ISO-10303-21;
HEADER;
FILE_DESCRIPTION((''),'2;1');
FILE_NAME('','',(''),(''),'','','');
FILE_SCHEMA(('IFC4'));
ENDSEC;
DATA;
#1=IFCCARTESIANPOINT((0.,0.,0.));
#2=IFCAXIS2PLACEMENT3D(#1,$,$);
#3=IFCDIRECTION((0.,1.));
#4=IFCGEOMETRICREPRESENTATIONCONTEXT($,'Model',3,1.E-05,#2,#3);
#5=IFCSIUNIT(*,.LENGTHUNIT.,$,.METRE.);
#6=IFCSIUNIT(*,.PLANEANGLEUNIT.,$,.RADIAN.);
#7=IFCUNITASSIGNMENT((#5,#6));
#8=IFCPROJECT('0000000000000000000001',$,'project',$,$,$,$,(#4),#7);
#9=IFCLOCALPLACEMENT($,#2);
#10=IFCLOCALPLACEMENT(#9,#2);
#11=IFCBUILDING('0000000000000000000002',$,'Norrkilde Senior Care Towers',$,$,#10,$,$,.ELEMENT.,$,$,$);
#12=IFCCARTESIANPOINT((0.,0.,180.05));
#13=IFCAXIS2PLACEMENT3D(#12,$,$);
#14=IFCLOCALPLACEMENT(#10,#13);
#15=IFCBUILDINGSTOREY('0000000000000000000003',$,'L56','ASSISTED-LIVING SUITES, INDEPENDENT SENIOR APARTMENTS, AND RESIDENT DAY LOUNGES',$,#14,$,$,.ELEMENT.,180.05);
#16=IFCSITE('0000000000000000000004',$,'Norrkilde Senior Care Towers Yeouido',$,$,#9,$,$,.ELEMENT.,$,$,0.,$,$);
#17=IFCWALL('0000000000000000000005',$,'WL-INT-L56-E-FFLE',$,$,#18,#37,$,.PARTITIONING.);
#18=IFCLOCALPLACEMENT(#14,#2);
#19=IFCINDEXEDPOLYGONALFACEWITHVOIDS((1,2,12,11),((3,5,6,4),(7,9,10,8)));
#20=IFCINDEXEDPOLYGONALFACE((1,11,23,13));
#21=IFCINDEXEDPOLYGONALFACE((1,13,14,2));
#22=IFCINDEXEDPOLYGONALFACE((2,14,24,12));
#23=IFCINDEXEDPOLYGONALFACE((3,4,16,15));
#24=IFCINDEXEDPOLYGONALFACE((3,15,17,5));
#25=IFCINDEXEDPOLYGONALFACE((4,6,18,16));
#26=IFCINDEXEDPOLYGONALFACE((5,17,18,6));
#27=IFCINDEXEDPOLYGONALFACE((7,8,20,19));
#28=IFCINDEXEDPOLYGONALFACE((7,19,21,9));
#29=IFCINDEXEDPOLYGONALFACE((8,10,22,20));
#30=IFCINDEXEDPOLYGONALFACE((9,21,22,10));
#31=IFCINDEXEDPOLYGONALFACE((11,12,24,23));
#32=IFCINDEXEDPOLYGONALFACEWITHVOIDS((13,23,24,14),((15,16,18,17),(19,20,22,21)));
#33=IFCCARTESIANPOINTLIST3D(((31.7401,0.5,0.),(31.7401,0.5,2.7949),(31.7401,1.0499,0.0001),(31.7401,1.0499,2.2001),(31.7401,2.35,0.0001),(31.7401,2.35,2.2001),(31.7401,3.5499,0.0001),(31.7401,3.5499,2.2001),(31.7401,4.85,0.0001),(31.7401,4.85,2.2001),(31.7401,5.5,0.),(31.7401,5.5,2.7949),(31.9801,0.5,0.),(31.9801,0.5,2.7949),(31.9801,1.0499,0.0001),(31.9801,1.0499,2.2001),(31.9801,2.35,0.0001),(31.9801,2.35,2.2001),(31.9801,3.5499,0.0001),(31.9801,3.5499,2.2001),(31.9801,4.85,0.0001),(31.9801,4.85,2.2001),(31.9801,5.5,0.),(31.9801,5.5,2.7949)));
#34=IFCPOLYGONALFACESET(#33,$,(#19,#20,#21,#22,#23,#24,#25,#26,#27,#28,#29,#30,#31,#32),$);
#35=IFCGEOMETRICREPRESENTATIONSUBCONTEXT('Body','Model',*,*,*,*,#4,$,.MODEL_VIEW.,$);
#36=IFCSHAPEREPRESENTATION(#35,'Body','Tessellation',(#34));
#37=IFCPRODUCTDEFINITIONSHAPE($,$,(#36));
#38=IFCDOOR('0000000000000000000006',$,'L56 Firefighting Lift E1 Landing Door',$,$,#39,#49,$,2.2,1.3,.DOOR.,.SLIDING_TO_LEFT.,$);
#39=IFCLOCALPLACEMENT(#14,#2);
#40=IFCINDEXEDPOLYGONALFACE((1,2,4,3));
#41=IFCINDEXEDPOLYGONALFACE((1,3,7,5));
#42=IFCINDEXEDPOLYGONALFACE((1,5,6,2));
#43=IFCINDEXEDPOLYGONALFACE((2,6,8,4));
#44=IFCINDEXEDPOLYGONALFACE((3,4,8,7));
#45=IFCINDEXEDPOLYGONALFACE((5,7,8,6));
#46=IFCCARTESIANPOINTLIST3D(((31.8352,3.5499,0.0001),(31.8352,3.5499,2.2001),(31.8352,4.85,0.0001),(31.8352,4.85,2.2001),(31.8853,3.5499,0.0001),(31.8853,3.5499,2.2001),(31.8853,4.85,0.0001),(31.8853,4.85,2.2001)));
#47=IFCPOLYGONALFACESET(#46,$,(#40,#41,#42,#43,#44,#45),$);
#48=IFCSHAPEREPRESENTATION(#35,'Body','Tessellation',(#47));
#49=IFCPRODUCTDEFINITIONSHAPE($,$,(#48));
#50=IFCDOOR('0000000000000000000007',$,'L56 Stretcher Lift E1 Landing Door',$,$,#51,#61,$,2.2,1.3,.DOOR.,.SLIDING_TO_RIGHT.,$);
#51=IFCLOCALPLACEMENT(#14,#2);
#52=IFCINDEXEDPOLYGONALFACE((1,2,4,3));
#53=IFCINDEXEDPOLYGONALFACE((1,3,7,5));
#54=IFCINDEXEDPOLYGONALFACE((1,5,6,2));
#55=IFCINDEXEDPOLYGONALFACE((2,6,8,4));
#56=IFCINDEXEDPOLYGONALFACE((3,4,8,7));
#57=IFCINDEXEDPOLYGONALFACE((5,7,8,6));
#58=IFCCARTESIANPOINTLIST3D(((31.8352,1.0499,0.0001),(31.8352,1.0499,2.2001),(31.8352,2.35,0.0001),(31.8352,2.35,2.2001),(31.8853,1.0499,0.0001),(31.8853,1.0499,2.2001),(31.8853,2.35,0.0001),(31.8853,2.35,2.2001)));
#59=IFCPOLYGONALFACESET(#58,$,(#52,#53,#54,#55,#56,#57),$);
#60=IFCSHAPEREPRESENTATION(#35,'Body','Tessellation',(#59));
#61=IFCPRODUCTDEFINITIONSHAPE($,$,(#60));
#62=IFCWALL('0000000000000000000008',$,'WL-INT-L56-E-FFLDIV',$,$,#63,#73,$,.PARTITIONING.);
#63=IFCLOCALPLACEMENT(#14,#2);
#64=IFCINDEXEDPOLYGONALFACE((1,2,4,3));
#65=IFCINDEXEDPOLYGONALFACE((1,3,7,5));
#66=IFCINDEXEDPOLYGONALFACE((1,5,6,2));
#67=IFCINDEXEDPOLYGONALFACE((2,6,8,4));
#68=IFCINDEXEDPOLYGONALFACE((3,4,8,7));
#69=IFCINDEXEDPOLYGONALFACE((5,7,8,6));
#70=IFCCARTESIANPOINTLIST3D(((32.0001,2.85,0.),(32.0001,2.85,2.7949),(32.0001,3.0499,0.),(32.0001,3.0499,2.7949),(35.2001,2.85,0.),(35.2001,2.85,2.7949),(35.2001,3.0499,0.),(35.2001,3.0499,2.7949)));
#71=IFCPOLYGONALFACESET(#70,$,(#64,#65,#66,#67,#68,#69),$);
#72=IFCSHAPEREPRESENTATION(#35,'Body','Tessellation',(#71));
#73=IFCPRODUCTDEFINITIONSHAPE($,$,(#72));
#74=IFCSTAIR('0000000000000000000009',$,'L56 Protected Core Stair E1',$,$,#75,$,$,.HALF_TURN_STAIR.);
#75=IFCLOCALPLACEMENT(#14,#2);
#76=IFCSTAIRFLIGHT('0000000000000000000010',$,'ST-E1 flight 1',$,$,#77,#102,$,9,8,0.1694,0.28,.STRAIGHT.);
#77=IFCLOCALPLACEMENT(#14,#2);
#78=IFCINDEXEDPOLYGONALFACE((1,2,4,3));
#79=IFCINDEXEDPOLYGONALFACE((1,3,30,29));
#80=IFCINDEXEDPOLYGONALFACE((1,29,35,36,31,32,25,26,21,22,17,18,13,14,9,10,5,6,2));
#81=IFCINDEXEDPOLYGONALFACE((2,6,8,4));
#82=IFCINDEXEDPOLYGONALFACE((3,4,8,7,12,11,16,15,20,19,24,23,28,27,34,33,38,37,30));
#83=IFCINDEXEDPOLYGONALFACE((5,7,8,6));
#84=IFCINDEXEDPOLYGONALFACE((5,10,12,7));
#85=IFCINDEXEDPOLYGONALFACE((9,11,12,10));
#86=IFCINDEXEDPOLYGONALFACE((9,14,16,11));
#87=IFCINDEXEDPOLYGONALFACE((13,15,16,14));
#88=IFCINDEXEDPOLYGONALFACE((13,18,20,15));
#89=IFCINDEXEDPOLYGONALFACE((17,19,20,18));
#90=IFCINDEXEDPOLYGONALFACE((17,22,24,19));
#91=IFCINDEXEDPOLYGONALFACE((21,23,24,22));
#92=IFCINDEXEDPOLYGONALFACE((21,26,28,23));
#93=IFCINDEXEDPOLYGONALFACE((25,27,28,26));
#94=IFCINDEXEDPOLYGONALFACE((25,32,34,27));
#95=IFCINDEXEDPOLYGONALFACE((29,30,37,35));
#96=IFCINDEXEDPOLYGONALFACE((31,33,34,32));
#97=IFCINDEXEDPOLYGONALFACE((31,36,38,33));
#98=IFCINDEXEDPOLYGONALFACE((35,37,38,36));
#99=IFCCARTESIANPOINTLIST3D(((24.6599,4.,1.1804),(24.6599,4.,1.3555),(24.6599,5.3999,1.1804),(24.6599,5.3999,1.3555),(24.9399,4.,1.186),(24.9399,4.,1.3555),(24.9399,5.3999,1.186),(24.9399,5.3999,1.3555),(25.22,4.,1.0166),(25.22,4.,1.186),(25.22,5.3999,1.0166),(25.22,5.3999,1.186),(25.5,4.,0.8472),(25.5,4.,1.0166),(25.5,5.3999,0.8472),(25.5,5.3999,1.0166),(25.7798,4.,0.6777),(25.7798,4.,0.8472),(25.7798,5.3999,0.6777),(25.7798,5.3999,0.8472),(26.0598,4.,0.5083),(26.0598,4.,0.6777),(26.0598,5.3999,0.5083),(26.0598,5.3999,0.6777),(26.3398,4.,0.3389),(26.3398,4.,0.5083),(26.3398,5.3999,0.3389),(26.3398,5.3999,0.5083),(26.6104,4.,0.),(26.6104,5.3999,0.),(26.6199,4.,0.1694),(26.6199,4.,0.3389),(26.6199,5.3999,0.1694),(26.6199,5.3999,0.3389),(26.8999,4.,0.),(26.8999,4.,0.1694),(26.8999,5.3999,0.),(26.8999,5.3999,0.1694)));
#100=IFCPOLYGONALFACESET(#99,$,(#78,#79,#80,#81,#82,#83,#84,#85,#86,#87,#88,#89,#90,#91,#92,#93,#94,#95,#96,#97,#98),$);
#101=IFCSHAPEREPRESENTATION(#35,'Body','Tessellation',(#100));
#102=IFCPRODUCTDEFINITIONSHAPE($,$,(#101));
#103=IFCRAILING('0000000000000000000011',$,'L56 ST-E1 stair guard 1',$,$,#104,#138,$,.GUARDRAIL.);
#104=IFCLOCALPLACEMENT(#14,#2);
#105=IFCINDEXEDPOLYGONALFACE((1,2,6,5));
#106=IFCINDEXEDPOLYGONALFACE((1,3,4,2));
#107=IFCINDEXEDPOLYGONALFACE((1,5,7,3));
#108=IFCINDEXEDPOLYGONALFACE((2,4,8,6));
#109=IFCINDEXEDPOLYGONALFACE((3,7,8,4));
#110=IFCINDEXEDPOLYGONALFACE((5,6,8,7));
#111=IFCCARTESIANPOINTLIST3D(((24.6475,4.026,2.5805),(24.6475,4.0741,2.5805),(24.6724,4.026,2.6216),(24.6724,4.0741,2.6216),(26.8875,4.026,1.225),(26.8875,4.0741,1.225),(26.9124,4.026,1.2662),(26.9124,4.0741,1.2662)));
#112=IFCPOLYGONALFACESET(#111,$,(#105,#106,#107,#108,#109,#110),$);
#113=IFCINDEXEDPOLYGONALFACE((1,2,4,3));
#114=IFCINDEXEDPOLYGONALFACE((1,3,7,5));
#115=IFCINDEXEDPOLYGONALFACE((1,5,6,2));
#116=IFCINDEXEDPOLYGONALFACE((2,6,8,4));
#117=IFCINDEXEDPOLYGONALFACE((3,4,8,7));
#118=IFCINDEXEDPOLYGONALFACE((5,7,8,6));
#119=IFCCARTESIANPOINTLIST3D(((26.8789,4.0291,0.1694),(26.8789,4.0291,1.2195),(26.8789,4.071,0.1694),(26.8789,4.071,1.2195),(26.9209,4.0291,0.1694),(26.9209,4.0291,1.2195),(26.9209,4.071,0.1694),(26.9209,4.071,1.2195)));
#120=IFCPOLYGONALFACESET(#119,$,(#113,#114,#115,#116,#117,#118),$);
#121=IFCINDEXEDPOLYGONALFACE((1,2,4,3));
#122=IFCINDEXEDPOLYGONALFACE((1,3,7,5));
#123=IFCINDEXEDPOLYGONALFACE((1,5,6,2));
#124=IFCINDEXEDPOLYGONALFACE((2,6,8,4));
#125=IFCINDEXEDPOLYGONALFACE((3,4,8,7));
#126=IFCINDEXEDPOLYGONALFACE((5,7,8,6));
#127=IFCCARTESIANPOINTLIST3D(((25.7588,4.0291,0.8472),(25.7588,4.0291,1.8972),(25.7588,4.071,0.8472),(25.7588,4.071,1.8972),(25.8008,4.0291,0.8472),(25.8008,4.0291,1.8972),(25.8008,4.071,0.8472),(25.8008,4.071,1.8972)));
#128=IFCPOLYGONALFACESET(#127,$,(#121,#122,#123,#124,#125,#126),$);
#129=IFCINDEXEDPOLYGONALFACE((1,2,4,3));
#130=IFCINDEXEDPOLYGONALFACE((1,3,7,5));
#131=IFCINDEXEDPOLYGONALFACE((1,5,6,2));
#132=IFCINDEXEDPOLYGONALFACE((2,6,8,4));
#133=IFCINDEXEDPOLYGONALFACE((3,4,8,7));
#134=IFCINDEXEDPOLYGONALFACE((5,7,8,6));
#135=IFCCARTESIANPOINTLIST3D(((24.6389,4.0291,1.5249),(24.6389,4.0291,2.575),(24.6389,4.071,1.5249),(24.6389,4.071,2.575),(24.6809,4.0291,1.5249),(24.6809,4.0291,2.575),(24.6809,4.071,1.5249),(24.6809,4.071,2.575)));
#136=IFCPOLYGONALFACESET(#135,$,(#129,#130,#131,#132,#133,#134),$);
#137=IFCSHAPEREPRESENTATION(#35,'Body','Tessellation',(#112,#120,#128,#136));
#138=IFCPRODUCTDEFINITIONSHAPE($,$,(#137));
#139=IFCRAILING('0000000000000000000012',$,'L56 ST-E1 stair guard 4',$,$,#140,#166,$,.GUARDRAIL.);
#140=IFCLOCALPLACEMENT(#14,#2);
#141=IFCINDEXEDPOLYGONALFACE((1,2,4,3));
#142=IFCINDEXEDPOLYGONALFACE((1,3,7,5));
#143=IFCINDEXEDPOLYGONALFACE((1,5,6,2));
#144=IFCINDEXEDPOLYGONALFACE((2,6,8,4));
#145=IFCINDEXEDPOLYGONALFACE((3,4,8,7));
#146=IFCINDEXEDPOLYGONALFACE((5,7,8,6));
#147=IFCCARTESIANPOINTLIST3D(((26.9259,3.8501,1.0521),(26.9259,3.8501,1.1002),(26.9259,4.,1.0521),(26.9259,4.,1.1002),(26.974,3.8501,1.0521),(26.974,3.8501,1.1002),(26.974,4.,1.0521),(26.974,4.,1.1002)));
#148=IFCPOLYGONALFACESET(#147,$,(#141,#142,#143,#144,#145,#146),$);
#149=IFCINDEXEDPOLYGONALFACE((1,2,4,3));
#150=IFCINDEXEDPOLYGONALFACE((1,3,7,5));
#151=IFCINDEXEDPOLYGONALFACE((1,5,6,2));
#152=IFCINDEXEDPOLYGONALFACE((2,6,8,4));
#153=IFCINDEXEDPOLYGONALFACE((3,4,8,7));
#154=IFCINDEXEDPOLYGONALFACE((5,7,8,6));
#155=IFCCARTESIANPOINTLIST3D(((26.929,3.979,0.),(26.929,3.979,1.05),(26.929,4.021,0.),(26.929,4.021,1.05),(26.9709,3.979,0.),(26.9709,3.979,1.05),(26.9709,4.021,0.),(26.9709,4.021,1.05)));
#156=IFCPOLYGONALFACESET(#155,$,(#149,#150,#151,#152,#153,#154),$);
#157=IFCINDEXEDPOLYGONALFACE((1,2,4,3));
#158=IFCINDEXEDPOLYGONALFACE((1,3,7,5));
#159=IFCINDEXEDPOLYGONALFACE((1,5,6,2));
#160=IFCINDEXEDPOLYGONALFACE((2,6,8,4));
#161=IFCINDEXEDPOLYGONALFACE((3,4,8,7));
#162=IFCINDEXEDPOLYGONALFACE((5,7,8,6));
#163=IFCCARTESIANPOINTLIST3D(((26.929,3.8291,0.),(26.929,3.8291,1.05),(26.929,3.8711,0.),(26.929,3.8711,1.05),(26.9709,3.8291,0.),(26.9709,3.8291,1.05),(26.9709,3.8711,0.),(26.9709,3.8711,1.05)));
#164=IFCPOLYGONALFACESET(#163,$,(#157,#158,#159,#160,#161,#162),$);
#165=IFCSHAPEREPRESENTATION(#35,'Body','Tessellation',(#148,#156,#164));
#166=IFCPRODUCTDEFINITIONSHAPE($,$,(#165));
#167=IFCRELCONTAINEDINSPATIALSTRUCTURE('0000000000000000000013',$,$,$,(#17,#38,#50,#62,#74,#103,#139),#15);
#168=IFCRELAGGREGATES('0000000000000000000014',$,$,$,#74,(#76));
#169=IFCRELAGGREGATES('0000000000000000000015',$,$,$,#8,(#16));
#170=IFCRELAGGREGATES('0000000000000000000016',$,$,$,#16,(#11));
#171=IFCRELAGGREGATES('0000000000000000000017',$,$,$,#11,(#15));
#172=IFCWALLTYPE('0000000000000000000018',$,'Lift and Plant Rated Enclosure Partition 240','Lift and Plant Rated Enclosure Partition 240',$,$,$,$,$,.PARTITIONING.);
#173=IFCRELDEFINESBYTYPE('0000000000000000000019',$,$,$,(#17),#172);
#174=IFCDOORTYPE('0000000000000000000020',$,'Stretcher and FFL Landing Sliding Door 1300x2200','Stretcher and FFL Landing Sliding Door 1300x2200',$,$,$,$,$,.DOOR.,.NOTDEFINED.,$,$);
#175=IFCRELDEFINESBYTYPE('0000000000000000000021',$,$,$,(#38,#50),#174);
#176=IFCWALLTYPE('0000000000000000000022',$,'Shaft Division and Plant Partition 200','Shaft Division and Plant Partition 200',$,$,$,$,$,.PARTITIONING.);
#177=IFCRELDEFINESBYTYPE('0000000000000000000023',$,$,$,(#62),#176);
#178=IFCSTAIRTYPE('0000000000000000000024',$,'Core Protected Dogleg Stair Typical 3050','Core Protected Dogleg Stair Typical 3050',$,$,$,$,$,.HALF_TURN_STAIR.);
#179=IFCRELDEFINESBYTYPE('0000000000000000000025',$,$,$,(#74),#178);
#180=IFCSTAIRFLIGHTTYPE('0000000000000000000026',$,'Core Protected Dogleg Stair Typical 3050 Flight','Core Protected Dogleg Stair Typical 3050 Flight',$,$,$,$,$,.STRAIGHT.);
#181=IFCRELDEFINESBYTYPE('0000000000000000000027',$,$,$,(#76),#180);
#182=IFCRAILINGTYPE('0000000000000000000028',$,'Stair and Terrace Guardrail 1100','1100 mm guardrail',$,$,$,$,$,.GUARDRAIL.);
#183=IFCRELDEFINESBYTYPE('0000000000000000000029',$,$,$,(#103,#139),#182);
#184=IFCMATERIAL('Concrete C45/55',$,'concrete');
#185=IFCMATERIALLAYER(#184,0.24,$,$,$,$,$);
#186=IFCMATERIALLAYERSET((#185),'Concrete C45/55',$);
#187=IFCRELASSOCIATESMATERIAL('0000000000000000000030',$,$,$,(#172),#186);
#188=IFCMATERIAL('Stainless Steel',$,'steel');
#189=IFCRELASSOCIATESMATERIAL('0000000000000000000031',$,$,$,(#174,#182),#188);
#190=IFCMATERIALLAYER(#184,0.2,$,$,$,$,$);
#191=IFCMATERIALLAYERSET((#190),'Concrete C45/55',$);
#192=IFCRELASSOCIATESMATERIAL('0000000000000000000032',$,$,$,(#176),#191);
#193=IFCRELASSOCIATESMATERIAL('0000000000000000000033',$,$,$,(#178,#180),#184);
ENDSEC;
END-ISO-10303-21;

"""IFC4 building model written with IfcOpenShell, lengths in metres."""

from ifc_helpers import new_model, si_unit, direction, frame, frame_2d, origin, origin_2d, place, context, subcontext, project, spatial, polyline, rectangle, outline, extrude, source, transform, mapped, material, layer, layer_set, type_object, type_shapes, element, fill, aggregate, save


model = new_model("IFC4")

# Units and contexts
model_context = context("Model", 3, precision=1e-05, world=origin(), true_north=direction((0.0, 1.0)))
body_context = subcontext(model_context, "Body", "Model", "MODEL_VIEW")
ifc_project = project(units=[si_unit("LENGTHUNIT", "METRE"), si_unit("PLANEANGLEUNIT", "RADIAN")], contexts=[model_context])

# Site, building, storey
site_placement = place(None, origin())
site = spatial("IfcSite", under=ifc_project, at=site_placement, Name="Norrkilde Senior Care Towers Yeouido", CompositionType="ELEMENT", RefElevation=0.0)
building_placement = place(site_placement, origin())
building = spatial("IfcBuilding", under=site, at=building_placement, Name="Norrkilde Senior Care Towers", CompositionType="ELEMENT")
storey_placement = place(building_placement, frame((0.0, 0.0, 180.05)))
storey = spatial("IfcBuildingStorey", under=building, at=storey_placement, Name="L56", Description="ASSISTED-LIVING SUITES, INDEPENDENT SENIOR APARTMENTS, AND RESIDENT DAY LOUNGES", CompositionType="ELEMENT", Elevation=180.05)

# Shared definitions
ifc_material_1 = material(Name="Concrete C45/55", Category="concrete")

# Wall, openings, doors
ifc_layer_1 = layer(ifc_material_1, 0.24)
ifc_layer_set_1 = layer_set([ifc_layer_1], Name="Concrete C45/55")
wall_type_1 = type_object("IfcWallType", Name="Lift and Plant Rated Enclosure Partition 240", Description="Lift and Plant Rated Enclosure Partition 240", PredefinedType="PARTITIONING", material=ifc_layer_set_1)
shared_shape_1 = source(origin(), body_context, "Body", "SweptSolid", [
    extrude(rectangle(XDim=5.0, YDim=0.24, at=frame_2d((2.5, 0.0))), origin(), (0.0, 0.0, 1.0), 2.7949),
])
type_shapes(wall_type_1, [shared_shape_1])
wall_1_placement = place(storey_placement, frame((31.8601, 0.5, 0.0), z_axis=(0.0, 0.0, 1.0), x_axis=(0.0, 1.0, 0.0)))
wall_1 = element("IfcWall", 1, at=wall_1_placement, inside=storey, type_object=wall_type_1, Name="WL-INT-L56-E-FFLE", PredefinedType="PARTITIONING", context=body_context, shape_type="MappedRepresentation", body=[
    mapped(shared_shape_1, transform((0.0, 0.0, 0.0), x_axis=(1.0, 0.0, 0.0), y_axis=(0.0, 1.0, 0.0), z_axis=(0.0, 0.0, 1.0), scale=1.0)),
])
opening_1_placement = place(wall_1_placement, frame((3.05, 0.0, 0.0)))
opening_1 = element("IfcOpeningElement", 2, at=opening_1_placement, cuts=wall_1, PredefinedType="OPENING", context=body_context, shape_type="SweptSolid", body=[
    extrude(rectangle(XDim=1.3, YDim=2.2, at=frame_2d((0.6499, 1.1001))), frame((0.0, 0.1299, 0.0), z_axis=(0.0, -1.0, 0.0), x_axis=(1.0, 0.0, 0.0)), (0.0, 0.0, 1.0), 0.26),
])
opening_2_placement = place(wall_1_placement, frame((0.55, 0.0, 0.0)))
opening_2 = element("IfcOpeningElement", 3, at=opening_2_placement, cuts=wall_1, PredefinedType="OPENING", context=body_context, shape_type="SweptSolid", body=[
    extrude(rectangle(XDim=1.3, YDim=2.2, at=frame_2d((0.6499, 1.1001))), frame((0.0, 0.1299, 0.0), z_axis=(0.0, -1.0, 0.0), x_axis=(1.0, 0.0, 0.0)), (0.0, 0.0, 1.0), 0.26),
])
ifc_material_2 = material(Name="Stainless Steel", Category="steel")
door_type_1 = type_object("IfcDoorType", Name="Stretcher and FFL Landing Sliding Door 1300x2200", Description="Stretcher and FFL Landing Sliding Door 1300x2200", OperationType="NOTDEFINED", PredefinedType="DOOR", material=ifc_material_2)
shared_shape_2 = source(origin(), body_context, "Body", "SweptSolid", [
    extrude(rectangle(XDim=1.3, YDim=2.2, at=frame_2d((0.6499, 1.1001))), frame((0.0, 0.0249, 0.0), z_axis=(0.0, -1.0, 0.0), x_axis=(1.0, 0.0, 0.0)), (0.0, 0.0, 1.0), 0.05),
])
type_shapes(door_type_1, [shared_shape_2])
door_1_placement = place(opening_1_placement, origin())
door_1 = element("IfcDoor", 4, at=door_1_placement, inside=storey, type_object=door_type_1, Name="L56 Firefighting Lift E1 Landing Door", OperationType="SLIDING_TO_LEFT", OverallHeight=2.2, OverallWidth=1.3, PredefinedType="DOOR", context=body_context, shape_type="MappedRepresentation", body=[
    mapped(shared_shape_2, transform((0.0, 0.0, 0.0), x_axis=(1.0, 0.0, 0.0), y_axis=(0.0, 1.0, 0.0), z_axis=(0.0, 0.0, 1.0), scale=1.0)),
])
fill(opening_1, door_1)
door_2_placement = place(opening_2_placement, origin())
door_2 = element("IfcDoor", 5, at=door_2_placement, inside=storey, type_object=door_type_1, Name="L56 Stretcher Lift E1 Landing Door", OperationType="SLIDING_TO_RIGHT", OverallHeight=2.2, OverallWidth=1.3, PredefinedType="DOOR", context=body_context, shape_type="MappedRepresentation", body=[
    mapped(shared_shape_2, transform((0.0, 0.0, 0.0), x_axis=(1.0, 0.0, 0.0), y_axis=(0.0, 1.0, 0.0), z_axis=(0.0, 0.0, 1.0), scale=1.0)),
])
fill(opening_2, door_2)

# Wall
ifc_layer_2 = layer(ifc_material_1, 0.2)
ifc_layer_set_2 = layer_set([ifc_layer_2], Name="Concrete C45/55")
wall_type_2 = type_object("IfcWallType", Name="Shaft Division and Plant Partition 200", Description="Shaft Division and Plant Partition 200", PredefinedType="PARTITIONING", material=ifc_layer_set_2)
shared_shape_3 = source(origin(), body_context, "Body", "SweptSolid", [
    extrude(rectangle(XDim=3.2, YDim=0.2, at=frame_2d((1.6001, 0.0))), origin(), (0.0, 0.0, 1.0), 2.7949),
])
type_shapes(wall_type_2, [shared_shape_3])
wall_2_placement = place(storey_placement, frame((32.0, 2.95, 0.0), z_axis=(0.0, 0.0, 1.0), x_axis=(1.0, 0.0, 0.0)))
element("IfcWall", 6, at=wall_2_placement, inside=storey, type_object=wall_type_2, Name="WL-INT-L56-E-FFLDIV", PredefinedType="PARTITIONING", context=body_context, shape_type="MappedRepresentation", body=[
    mapped(shared_shape_3, transform((0.0, 0.0, 0.0), x_axis=(1.0, 0.0, 0.0), y_axis=(0.0, 1.0, 0.0), z_axis=(0.0, 0.0, 1.0), scale=1.0)),
])

# Stair, stair flight
stair_type = type_object("IfcStairType", Name="Core Protected Dogleg Stair Typical 3050", Description="Core Protected Dogleg Stair Typical 3050", PredefinedType="HALF_TURN_STAIR", material=ifc_material_1)
stair_placement = place(storey_placement, origin())
stair = element("IfcStair", 7, at=stair_placement, inside=storey, type_object=stair_type, Name="L56 Protected Core Stair E1", PredefinedType="HALF_TURN_STAIR")
stair_flight_type = type_object("IfcStairFlightType", Name="Core Protected Dogleg Stair Typical 3050 Flight", Description="Core Protected Dogleg Stair Typical 3050 Flight", PredefinedType="STRAIGHT", material=ifc_material_1)
stair_flight_placement = place(storey_placement, frame((26.8999, 4.7, 0.0), z_axis=(0.0, 0.0, 1.0), x_axis=(-1.0, 0.0, 0.0)))
stair_flight = element("IfcStairFlight", 8, at=stair_flight_placement, type_object=stair_flight_type, Name="ST-E1 flight 1", NumberOfRisers=9, NumberOfTreads=8, PredefinedType="STRAIGHT", RiserHeight=0.1694, TreadLength=0.28, context=body_context, shape_type="SweptSolid", body=[
    extrude(outline(polyline([(0.0, 0.0), (0.0, 0.1694), (0.28, 0.1694), (0.28, 0.3389), (0.5601, 0.3389), (0.5601, 0.5083), (0.8401, 0.5083), (0.8401, 0.6777), (1.1201, 0.6777), (1.1201, 0.8472), (1.3999, 0.8472), (1.3999, 1.0166), (1.6799, 1.0166), (1.6799, 1.186), (1.96, 1.186), (1.96, 1.3555), (2.24, 1.3555), (2.24, 1.5249), (2.24, 1.1804), (0.2896, 0.0), (0.0, 0.0)])), frame((0.0, 0.7, 0.0), z_axis=(0.0, -1.0, 0.0), x_axis=(1.0, 0.0, 0.0)), (0.0, 0.0, 1.0), 1.3999),
])
aggregate(stair, [stair_flight])

# Railings
railing_type_1 = type_object("IfcRailingType", Name="Stair and Terrace Guardrail 1100", Description="1100 mm guardrail", PredefinedType="GUARDRAIL", material=ifc_material_2)
railing_1_placement = place(storey_placement, frame((26.8999, 4.05, 0.1694)))
element("IfcRailing", 9, at=railing_1_placement, inside=storey, type_object=railing_type_1, Name="L56 ST-E1 stair guard 1", PredefinedType="GUARDRAIL", context=body_context, shape_type="SweptSolid", body=[
    extrude(rectangle(XDim=0.0481, YDim=0.0481, at=origin_2d()), frame((0.0, 0.0, 1.0762), z_axis=(-0.855553, 0.0, 0.517715), x_axis=(0.0, -1.0, 0.0)), (0.0, 0.0, 1.0), 2.6182),
    extrude(rectangle(XDim=0.042, YDim=0.042, at=origin_2d()), origin(), (0.0, 0.0, 1.0), 1.05),
    extrude(rectangle(XDim=0.042, YDim=0.042, at=origin_2d()), frame((-1.1201, 0.0, 0.6777)), (0.0, 0.0, 1.0), 1.05),
    extrude(rectangle(XDim=0.042, YDim=0.042, at=origin_2d()), frame((-2.24, 0.0, 1.3555)), (0.0, 0.0, 1.0), 1.05),
])
railing_2_placement = place(storey_placement, frame((26.95, 4.0, 0.0)))
element("IfcRailing", 10, at=railing_2_placement, inside=storey, type_object=railing_type_1, Name="L56 ST-E1 stair guard 4", PredefinedType="GUARDRAIL", context=body_context, shape_type="SweptSolid", body=[
    extrude(rectangle(XDim=0.0481, YDim=0.0481, at=origin_2d()), frame((0.0, 0.0, 1.0762), z_axis=(0.0, -1.0, 0.0), x_axis=(1.0, 0.0, 0.0)), (0.0, 0.0, 1.0), 0.1499),
    extrude(rectangle(XDim=0.042, YDim=0.042, at=origin_2d()), origin(), (0.0, 0.0, 1.0), 1.05),
    extrude(rectangle(XDim=0.042, YDim=0.042, at=origin_2d()), frame((0.0, -0.1499, 0.0)), (0.0, 0.0, 1.0), 1.05),
])

save(model, "model.ifc")
